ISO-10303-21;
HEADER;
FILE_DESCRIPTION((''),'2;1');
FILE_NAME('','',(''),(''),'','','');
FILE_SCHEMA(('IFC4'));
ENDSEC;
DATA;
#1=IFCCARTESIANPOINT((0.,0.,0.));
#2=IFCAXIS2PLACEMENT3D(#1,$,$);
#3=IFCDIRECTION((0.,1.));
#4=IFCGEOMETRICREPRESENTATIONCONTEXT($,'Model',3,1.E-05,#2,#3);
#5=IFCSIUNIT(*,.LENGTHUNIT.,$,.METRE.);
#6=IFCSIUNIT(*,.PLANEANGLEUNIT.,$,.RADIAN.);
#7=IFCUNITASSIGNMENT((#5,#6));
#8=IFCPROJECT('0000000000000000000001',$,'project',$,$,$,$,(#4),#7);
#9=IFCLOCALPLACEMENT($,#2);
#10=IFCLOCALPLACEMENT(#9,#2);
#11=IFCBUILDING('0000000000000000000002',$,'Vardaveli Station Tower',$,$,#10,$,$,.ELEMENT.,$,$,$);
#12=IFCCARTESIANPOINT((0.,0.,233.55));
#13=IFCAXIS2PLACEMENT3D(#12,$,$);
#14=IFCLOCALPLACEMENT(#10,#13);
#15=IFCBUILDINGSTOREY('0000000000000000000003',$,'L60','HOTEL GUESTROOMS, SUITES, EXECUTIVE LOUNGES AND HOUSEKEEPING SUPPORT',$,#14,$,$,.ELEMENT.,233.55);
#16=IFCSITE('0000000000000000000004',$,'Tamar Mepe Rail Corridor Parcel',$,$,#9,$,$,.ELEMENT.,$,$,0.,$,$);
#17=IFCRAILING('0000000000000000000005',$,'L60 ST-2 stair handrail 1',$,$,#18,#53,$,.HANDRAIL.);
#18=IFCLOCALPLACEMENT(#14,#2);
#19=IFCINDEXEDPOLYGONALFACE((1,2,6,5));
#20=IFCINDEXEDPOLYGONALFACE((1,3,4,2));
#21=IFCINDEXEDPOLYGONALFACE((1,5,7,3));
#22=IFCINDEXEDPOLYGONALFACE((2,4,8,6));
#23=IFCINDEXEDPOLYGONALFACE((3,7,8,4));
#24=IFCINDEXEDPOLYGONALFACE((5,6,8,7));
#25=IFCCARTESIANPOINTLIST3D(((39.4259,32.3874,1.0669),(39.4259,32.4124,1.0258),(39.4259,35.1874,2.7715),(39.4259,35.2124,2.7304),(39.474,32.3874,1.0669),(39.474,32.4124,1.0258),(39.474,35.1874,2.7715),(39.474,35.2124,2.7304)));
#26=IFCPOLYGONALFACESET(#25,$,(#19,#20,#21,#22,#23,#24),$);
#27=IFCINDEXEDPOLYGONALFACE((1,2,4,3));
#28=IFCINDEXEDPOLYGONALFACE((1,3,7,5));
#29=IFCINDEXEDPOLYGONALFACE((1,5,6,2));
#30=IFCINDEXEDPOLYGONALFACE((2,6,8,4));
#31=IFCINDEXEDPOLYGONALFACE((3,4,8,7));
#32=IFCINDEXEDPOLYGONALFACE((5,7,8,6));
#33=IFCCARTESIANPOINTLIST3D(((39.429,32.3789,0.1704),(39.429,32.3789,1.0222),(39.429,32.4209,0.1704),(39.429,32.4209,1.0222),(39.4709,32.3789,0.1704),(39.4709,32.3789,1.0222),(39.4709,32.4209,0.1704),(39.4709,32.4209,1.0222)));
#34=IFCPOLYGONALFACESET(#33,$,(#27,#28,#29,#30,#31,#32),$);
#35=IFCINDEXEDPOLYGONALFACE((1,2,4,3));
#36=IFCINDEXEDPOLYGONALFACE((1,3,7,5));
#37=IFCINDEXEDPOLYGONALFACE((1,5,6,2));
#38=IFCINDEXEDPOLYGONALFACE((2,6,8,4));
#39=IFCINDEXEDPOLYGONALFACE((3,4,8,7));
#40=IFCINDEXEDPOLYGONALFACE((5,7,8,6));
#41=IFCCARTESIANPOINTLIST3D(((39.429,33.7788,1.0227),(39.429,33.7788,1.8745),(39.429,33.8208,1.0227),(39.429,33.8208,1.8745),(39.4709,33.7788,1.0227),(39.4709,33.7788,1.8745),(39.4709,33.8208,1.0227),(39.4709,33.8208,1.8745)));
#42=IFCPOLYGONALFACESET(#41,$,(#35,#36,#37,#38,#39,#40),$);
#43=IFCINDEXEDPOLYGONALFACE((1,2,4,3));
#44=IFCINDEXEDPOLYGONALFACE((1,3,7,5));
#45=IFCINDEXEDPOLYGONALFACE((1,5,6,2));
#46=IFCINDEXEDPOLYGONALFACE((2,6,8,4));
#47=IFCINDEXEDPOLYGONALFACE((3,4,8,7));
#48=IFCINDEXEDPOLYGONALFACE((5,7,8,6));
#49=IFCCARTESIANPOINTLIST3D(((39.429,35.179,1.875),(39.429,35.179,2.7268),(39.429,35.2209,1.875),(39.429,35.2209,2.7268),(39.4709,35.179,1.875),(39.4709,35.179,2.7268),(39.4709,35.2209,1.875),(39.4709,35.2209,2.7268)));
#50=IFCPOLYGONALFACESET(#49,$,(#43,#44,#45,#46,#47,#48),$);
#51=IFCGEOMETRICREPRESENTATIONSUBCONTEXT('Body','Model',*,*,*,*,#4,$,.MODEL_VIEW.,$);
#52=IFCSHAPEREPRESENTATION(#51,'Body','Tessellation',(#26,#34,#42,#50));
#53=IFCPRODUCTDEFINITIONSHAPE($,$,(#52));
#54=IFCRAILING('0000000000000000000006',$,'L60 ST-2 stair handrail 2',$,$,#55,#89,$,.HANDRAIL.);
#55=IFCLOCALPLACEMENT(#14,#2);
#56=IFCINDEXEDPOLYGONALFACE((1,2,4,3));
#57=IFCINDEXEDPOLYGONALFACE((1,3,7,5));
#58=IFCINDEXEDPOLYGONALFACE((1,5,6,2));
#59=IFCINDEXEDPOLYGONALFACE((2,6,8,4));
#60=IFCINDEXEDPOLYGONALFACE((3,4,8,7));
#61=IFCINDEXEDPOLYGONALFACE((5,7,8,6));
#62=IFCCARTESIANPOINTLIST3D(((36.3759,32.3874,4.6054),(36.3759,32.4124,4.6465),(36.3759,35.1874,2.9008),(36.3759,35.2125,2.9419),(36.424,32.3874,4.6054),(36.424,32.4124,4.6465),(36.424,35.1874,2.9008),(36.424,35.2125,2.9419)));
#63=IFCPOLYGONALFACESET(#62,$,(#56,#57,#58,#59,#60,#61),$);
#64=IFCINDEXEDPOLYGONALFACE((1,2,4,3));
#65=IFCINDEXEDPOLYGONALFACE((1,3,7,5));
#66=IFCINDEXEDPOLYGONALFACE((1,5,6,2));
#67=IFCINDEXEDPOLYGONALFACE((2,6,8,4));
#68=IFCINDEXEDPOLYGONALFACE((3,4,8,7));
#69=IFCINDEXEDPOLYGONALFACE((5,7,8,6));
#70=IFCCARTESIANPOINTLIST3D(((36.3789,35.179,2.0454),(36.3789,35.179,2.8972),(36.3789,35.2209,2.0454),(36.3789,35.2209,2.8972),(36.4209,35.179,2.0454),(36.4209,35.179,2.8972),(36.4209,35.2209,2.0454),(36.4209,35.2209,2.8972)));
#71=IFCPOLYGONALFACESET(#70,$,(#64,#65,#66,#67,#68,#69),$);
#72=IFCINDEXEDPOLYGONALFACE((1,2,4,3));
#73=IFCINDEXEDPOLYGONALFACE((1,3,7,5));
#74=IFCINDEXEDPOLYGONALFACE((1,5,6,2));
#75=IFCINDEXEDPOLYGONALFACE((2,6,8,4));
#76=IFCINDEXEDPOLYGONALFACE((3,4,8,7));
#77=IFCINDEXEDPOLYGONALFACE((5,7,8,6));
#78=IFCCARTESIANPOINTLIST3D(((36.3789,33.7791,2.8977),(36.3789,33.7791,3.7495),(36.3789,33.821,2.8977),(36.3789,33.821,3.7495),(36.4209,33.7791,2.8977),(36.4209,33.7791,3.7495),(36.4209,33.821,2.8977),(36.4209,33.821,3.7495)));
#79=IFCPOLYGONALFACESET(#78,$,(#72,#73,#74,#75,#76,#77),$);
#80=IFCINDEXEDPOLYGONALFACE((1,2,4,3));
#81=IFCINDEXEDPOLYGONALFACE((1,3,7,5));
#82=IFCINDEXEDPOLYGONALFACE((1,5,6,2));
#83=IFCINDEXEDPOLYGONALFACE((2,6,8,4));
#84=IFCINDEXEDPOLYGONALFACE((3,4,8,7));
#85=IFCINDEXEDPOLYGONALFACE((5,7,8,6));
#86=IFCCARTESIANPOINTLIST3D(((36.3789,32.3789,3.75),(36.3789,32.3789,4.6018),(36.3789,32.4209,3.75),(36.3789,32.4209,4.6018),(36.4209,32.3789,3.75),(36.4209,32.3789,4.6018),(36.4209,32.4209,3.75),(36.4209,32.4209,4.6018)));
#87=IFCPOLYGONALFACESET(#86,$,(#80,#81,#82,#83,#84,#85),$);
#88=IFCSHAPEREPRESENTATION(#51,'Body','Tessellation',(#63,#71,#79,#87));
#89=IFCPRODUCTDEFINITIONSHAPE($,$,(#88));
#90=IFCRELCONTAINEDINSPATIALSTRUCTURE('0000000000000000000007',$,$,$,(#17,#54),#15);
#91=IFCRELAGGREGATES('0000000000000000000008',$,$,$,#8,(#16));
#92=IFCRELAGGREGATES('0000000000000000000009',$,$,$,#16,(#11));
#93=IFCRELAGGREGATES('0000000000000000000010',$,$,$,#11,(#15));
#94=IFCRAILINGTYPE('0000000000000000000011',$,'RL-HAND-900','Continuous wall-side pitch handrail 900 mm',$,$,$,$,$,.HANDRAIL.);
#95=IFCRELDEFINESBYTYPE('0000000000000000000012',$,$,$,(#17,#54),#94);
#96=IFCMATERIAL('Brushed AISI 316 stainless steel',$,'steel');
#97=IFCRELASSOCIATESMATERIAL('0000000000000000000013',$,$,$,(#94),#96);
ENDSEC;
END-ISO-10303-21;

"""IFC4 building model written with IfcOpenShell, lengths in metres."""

from ifc_helpers import new_model, si_unit, direction, frame, origin, origin_2d, place, context, subcontext, project, spatial, rectangle, extrude, source, transform, mapped, material, type_object, element, save


model = new_model("IFC4")

# Units and contexts
model_context = context("Model", 3, precision=1e-05, world=origin(), true_north=direction((0.0, 1.0)))
body_context = subcontext(model_context, "Body", "Model", "MODEL_VIEW")
ifc_project = project(units=[si_unit("LENGTHUNIT", "METRE"), si_unit("PLANEANGLEUNIT", "RADIAN")], contexts=[model_context])

# Site, building, storey
site_placement = place(None, origin())
site = spatial("IfcSite", under=ifc_project, at=site_placement, Name="Tamar Mepe Rail Corridor Parcel", CompositionType="ELEMENT", RefElevation=0.0)
building_placement = place(site_placement, origin())
building = spatial("IfcBuilding", under=site, at=building_placement, Name="Vardaveli Station Tower", CompositionType="ELEMENT")
storey_placement = place(building_placement, frame((0.0, 0.0, 233.55)))
storey = spatial("IfcBuildingStorey", under=building, at=storey_placement, Name="L60", Description="HOTEL GUESTROOMS, SUITES, EXECUTIVE LOUNGES AND HOUSEKEEPING SUPPORT", CompositionType="ELEMENT", Elevation=233.55)

# Railings
ifc_material_1 = material(Name="Brushed AISI 316 stainless steel", Category="steel")
railing_type_1 = type_object("IfcRailingType", Name="RL-HAND-900", Description="Continuous wall-side pitch handrail 900 mm", PredefinedType="HANDRAIL", material=ifc_material_1)
shared_shape_1 = source(origin(), body_context, "Body", "SweptSolid", [
    extrude(rectangle(XDim=0.0481, YDim=0.0481, at=origin_2d()), frame((0.0, 0.0, 0.876), z_axis=(0.0, 0.85417, 0.519994), x_axis=(-1.0, 0.0, 0.0)), (0.0, 0.0, 1.0), 3.2781),
    extrude(rectangle(XDim=0.042, YDim=0.042, at=origin_2d()), origin(), (0.0, 0.0, 1.0), 0.8518),
    extrude(rectangle(XDim=0.042, YDim=0.042, at=origin_2d()), frame((0.0, 1.3999, 0.8523)), (0.0, 0.0, 1.0), 0.8518),
    extrude(rectangle(XDim=0.042, YDim=0.042, at=origin_2d()), frame((0.0, 2.8, 1.7046)), (0.0, 0.0, 1.0), 0.8518),
])
railing_1_placement = place(storey_placement, frame((39.45, 32.3999, 0.1704)))
element("IfcRailing", 1, at=railing_1_placement, inside=storey, type_object=railing_type_1, Name="L60 ST-2 stair handrail 1", PredefinedType="HANDRAIL", context=body_context, shape_type="MappedRepresentation", body=[
    mapped(shared_shape_1, transform((0.0, 0.0, 0.0), scale=1.0)),
])
shared_shape_2 = source(origin(), body_context, "Body", "SweptSolid", [
    extrude(rectangle(XDim=0.0481, YDim=0.0481, at=origin_2d()), frame((0.0, 0.0, 0.876), z_axis=(0.0, -0.85417, 0.519994), x_axis=(1.0, 0.0, 0.0)), (0.0, 0.0, 1.0), 3.2781),
    extrude(rectangle(XDim=0.042, YDim=0.042, at=origin_2d()), origin(), (0.0, 0.0, 1.0), 0.8518),
    extrude(rectangle(XDim=0.042, YDim=0.042, at=origin_2d()), frame((0.0, -1.3999, 0.8523)), (0.0, 0.0, 1.0), 0.8518),
    extrude(rectangle(XDim=0.042, YDim=0.042, at=origin_2d()), frame((0.0, -2.8, 1.7046)), (0.0, 0.0, 1.0), 0.8518),
])
railing_2_placement = place(storey_placement, frame((36.3999, 35.2, 2.0454)))
element("IfcRailing", 2, at=railing_2_placement, inside=storey, type_object=railing_type_1, Name="L60 ST-2 stair handrail 2", PredefinedType="HANDRAIL", context=body_context, shape_type="MappedRepresentation", body=[
    mapped(shared_shape_2, transform((0.0, 0.0, 0.0), scale=1.0)),
])

save(model, "model.ifc")
